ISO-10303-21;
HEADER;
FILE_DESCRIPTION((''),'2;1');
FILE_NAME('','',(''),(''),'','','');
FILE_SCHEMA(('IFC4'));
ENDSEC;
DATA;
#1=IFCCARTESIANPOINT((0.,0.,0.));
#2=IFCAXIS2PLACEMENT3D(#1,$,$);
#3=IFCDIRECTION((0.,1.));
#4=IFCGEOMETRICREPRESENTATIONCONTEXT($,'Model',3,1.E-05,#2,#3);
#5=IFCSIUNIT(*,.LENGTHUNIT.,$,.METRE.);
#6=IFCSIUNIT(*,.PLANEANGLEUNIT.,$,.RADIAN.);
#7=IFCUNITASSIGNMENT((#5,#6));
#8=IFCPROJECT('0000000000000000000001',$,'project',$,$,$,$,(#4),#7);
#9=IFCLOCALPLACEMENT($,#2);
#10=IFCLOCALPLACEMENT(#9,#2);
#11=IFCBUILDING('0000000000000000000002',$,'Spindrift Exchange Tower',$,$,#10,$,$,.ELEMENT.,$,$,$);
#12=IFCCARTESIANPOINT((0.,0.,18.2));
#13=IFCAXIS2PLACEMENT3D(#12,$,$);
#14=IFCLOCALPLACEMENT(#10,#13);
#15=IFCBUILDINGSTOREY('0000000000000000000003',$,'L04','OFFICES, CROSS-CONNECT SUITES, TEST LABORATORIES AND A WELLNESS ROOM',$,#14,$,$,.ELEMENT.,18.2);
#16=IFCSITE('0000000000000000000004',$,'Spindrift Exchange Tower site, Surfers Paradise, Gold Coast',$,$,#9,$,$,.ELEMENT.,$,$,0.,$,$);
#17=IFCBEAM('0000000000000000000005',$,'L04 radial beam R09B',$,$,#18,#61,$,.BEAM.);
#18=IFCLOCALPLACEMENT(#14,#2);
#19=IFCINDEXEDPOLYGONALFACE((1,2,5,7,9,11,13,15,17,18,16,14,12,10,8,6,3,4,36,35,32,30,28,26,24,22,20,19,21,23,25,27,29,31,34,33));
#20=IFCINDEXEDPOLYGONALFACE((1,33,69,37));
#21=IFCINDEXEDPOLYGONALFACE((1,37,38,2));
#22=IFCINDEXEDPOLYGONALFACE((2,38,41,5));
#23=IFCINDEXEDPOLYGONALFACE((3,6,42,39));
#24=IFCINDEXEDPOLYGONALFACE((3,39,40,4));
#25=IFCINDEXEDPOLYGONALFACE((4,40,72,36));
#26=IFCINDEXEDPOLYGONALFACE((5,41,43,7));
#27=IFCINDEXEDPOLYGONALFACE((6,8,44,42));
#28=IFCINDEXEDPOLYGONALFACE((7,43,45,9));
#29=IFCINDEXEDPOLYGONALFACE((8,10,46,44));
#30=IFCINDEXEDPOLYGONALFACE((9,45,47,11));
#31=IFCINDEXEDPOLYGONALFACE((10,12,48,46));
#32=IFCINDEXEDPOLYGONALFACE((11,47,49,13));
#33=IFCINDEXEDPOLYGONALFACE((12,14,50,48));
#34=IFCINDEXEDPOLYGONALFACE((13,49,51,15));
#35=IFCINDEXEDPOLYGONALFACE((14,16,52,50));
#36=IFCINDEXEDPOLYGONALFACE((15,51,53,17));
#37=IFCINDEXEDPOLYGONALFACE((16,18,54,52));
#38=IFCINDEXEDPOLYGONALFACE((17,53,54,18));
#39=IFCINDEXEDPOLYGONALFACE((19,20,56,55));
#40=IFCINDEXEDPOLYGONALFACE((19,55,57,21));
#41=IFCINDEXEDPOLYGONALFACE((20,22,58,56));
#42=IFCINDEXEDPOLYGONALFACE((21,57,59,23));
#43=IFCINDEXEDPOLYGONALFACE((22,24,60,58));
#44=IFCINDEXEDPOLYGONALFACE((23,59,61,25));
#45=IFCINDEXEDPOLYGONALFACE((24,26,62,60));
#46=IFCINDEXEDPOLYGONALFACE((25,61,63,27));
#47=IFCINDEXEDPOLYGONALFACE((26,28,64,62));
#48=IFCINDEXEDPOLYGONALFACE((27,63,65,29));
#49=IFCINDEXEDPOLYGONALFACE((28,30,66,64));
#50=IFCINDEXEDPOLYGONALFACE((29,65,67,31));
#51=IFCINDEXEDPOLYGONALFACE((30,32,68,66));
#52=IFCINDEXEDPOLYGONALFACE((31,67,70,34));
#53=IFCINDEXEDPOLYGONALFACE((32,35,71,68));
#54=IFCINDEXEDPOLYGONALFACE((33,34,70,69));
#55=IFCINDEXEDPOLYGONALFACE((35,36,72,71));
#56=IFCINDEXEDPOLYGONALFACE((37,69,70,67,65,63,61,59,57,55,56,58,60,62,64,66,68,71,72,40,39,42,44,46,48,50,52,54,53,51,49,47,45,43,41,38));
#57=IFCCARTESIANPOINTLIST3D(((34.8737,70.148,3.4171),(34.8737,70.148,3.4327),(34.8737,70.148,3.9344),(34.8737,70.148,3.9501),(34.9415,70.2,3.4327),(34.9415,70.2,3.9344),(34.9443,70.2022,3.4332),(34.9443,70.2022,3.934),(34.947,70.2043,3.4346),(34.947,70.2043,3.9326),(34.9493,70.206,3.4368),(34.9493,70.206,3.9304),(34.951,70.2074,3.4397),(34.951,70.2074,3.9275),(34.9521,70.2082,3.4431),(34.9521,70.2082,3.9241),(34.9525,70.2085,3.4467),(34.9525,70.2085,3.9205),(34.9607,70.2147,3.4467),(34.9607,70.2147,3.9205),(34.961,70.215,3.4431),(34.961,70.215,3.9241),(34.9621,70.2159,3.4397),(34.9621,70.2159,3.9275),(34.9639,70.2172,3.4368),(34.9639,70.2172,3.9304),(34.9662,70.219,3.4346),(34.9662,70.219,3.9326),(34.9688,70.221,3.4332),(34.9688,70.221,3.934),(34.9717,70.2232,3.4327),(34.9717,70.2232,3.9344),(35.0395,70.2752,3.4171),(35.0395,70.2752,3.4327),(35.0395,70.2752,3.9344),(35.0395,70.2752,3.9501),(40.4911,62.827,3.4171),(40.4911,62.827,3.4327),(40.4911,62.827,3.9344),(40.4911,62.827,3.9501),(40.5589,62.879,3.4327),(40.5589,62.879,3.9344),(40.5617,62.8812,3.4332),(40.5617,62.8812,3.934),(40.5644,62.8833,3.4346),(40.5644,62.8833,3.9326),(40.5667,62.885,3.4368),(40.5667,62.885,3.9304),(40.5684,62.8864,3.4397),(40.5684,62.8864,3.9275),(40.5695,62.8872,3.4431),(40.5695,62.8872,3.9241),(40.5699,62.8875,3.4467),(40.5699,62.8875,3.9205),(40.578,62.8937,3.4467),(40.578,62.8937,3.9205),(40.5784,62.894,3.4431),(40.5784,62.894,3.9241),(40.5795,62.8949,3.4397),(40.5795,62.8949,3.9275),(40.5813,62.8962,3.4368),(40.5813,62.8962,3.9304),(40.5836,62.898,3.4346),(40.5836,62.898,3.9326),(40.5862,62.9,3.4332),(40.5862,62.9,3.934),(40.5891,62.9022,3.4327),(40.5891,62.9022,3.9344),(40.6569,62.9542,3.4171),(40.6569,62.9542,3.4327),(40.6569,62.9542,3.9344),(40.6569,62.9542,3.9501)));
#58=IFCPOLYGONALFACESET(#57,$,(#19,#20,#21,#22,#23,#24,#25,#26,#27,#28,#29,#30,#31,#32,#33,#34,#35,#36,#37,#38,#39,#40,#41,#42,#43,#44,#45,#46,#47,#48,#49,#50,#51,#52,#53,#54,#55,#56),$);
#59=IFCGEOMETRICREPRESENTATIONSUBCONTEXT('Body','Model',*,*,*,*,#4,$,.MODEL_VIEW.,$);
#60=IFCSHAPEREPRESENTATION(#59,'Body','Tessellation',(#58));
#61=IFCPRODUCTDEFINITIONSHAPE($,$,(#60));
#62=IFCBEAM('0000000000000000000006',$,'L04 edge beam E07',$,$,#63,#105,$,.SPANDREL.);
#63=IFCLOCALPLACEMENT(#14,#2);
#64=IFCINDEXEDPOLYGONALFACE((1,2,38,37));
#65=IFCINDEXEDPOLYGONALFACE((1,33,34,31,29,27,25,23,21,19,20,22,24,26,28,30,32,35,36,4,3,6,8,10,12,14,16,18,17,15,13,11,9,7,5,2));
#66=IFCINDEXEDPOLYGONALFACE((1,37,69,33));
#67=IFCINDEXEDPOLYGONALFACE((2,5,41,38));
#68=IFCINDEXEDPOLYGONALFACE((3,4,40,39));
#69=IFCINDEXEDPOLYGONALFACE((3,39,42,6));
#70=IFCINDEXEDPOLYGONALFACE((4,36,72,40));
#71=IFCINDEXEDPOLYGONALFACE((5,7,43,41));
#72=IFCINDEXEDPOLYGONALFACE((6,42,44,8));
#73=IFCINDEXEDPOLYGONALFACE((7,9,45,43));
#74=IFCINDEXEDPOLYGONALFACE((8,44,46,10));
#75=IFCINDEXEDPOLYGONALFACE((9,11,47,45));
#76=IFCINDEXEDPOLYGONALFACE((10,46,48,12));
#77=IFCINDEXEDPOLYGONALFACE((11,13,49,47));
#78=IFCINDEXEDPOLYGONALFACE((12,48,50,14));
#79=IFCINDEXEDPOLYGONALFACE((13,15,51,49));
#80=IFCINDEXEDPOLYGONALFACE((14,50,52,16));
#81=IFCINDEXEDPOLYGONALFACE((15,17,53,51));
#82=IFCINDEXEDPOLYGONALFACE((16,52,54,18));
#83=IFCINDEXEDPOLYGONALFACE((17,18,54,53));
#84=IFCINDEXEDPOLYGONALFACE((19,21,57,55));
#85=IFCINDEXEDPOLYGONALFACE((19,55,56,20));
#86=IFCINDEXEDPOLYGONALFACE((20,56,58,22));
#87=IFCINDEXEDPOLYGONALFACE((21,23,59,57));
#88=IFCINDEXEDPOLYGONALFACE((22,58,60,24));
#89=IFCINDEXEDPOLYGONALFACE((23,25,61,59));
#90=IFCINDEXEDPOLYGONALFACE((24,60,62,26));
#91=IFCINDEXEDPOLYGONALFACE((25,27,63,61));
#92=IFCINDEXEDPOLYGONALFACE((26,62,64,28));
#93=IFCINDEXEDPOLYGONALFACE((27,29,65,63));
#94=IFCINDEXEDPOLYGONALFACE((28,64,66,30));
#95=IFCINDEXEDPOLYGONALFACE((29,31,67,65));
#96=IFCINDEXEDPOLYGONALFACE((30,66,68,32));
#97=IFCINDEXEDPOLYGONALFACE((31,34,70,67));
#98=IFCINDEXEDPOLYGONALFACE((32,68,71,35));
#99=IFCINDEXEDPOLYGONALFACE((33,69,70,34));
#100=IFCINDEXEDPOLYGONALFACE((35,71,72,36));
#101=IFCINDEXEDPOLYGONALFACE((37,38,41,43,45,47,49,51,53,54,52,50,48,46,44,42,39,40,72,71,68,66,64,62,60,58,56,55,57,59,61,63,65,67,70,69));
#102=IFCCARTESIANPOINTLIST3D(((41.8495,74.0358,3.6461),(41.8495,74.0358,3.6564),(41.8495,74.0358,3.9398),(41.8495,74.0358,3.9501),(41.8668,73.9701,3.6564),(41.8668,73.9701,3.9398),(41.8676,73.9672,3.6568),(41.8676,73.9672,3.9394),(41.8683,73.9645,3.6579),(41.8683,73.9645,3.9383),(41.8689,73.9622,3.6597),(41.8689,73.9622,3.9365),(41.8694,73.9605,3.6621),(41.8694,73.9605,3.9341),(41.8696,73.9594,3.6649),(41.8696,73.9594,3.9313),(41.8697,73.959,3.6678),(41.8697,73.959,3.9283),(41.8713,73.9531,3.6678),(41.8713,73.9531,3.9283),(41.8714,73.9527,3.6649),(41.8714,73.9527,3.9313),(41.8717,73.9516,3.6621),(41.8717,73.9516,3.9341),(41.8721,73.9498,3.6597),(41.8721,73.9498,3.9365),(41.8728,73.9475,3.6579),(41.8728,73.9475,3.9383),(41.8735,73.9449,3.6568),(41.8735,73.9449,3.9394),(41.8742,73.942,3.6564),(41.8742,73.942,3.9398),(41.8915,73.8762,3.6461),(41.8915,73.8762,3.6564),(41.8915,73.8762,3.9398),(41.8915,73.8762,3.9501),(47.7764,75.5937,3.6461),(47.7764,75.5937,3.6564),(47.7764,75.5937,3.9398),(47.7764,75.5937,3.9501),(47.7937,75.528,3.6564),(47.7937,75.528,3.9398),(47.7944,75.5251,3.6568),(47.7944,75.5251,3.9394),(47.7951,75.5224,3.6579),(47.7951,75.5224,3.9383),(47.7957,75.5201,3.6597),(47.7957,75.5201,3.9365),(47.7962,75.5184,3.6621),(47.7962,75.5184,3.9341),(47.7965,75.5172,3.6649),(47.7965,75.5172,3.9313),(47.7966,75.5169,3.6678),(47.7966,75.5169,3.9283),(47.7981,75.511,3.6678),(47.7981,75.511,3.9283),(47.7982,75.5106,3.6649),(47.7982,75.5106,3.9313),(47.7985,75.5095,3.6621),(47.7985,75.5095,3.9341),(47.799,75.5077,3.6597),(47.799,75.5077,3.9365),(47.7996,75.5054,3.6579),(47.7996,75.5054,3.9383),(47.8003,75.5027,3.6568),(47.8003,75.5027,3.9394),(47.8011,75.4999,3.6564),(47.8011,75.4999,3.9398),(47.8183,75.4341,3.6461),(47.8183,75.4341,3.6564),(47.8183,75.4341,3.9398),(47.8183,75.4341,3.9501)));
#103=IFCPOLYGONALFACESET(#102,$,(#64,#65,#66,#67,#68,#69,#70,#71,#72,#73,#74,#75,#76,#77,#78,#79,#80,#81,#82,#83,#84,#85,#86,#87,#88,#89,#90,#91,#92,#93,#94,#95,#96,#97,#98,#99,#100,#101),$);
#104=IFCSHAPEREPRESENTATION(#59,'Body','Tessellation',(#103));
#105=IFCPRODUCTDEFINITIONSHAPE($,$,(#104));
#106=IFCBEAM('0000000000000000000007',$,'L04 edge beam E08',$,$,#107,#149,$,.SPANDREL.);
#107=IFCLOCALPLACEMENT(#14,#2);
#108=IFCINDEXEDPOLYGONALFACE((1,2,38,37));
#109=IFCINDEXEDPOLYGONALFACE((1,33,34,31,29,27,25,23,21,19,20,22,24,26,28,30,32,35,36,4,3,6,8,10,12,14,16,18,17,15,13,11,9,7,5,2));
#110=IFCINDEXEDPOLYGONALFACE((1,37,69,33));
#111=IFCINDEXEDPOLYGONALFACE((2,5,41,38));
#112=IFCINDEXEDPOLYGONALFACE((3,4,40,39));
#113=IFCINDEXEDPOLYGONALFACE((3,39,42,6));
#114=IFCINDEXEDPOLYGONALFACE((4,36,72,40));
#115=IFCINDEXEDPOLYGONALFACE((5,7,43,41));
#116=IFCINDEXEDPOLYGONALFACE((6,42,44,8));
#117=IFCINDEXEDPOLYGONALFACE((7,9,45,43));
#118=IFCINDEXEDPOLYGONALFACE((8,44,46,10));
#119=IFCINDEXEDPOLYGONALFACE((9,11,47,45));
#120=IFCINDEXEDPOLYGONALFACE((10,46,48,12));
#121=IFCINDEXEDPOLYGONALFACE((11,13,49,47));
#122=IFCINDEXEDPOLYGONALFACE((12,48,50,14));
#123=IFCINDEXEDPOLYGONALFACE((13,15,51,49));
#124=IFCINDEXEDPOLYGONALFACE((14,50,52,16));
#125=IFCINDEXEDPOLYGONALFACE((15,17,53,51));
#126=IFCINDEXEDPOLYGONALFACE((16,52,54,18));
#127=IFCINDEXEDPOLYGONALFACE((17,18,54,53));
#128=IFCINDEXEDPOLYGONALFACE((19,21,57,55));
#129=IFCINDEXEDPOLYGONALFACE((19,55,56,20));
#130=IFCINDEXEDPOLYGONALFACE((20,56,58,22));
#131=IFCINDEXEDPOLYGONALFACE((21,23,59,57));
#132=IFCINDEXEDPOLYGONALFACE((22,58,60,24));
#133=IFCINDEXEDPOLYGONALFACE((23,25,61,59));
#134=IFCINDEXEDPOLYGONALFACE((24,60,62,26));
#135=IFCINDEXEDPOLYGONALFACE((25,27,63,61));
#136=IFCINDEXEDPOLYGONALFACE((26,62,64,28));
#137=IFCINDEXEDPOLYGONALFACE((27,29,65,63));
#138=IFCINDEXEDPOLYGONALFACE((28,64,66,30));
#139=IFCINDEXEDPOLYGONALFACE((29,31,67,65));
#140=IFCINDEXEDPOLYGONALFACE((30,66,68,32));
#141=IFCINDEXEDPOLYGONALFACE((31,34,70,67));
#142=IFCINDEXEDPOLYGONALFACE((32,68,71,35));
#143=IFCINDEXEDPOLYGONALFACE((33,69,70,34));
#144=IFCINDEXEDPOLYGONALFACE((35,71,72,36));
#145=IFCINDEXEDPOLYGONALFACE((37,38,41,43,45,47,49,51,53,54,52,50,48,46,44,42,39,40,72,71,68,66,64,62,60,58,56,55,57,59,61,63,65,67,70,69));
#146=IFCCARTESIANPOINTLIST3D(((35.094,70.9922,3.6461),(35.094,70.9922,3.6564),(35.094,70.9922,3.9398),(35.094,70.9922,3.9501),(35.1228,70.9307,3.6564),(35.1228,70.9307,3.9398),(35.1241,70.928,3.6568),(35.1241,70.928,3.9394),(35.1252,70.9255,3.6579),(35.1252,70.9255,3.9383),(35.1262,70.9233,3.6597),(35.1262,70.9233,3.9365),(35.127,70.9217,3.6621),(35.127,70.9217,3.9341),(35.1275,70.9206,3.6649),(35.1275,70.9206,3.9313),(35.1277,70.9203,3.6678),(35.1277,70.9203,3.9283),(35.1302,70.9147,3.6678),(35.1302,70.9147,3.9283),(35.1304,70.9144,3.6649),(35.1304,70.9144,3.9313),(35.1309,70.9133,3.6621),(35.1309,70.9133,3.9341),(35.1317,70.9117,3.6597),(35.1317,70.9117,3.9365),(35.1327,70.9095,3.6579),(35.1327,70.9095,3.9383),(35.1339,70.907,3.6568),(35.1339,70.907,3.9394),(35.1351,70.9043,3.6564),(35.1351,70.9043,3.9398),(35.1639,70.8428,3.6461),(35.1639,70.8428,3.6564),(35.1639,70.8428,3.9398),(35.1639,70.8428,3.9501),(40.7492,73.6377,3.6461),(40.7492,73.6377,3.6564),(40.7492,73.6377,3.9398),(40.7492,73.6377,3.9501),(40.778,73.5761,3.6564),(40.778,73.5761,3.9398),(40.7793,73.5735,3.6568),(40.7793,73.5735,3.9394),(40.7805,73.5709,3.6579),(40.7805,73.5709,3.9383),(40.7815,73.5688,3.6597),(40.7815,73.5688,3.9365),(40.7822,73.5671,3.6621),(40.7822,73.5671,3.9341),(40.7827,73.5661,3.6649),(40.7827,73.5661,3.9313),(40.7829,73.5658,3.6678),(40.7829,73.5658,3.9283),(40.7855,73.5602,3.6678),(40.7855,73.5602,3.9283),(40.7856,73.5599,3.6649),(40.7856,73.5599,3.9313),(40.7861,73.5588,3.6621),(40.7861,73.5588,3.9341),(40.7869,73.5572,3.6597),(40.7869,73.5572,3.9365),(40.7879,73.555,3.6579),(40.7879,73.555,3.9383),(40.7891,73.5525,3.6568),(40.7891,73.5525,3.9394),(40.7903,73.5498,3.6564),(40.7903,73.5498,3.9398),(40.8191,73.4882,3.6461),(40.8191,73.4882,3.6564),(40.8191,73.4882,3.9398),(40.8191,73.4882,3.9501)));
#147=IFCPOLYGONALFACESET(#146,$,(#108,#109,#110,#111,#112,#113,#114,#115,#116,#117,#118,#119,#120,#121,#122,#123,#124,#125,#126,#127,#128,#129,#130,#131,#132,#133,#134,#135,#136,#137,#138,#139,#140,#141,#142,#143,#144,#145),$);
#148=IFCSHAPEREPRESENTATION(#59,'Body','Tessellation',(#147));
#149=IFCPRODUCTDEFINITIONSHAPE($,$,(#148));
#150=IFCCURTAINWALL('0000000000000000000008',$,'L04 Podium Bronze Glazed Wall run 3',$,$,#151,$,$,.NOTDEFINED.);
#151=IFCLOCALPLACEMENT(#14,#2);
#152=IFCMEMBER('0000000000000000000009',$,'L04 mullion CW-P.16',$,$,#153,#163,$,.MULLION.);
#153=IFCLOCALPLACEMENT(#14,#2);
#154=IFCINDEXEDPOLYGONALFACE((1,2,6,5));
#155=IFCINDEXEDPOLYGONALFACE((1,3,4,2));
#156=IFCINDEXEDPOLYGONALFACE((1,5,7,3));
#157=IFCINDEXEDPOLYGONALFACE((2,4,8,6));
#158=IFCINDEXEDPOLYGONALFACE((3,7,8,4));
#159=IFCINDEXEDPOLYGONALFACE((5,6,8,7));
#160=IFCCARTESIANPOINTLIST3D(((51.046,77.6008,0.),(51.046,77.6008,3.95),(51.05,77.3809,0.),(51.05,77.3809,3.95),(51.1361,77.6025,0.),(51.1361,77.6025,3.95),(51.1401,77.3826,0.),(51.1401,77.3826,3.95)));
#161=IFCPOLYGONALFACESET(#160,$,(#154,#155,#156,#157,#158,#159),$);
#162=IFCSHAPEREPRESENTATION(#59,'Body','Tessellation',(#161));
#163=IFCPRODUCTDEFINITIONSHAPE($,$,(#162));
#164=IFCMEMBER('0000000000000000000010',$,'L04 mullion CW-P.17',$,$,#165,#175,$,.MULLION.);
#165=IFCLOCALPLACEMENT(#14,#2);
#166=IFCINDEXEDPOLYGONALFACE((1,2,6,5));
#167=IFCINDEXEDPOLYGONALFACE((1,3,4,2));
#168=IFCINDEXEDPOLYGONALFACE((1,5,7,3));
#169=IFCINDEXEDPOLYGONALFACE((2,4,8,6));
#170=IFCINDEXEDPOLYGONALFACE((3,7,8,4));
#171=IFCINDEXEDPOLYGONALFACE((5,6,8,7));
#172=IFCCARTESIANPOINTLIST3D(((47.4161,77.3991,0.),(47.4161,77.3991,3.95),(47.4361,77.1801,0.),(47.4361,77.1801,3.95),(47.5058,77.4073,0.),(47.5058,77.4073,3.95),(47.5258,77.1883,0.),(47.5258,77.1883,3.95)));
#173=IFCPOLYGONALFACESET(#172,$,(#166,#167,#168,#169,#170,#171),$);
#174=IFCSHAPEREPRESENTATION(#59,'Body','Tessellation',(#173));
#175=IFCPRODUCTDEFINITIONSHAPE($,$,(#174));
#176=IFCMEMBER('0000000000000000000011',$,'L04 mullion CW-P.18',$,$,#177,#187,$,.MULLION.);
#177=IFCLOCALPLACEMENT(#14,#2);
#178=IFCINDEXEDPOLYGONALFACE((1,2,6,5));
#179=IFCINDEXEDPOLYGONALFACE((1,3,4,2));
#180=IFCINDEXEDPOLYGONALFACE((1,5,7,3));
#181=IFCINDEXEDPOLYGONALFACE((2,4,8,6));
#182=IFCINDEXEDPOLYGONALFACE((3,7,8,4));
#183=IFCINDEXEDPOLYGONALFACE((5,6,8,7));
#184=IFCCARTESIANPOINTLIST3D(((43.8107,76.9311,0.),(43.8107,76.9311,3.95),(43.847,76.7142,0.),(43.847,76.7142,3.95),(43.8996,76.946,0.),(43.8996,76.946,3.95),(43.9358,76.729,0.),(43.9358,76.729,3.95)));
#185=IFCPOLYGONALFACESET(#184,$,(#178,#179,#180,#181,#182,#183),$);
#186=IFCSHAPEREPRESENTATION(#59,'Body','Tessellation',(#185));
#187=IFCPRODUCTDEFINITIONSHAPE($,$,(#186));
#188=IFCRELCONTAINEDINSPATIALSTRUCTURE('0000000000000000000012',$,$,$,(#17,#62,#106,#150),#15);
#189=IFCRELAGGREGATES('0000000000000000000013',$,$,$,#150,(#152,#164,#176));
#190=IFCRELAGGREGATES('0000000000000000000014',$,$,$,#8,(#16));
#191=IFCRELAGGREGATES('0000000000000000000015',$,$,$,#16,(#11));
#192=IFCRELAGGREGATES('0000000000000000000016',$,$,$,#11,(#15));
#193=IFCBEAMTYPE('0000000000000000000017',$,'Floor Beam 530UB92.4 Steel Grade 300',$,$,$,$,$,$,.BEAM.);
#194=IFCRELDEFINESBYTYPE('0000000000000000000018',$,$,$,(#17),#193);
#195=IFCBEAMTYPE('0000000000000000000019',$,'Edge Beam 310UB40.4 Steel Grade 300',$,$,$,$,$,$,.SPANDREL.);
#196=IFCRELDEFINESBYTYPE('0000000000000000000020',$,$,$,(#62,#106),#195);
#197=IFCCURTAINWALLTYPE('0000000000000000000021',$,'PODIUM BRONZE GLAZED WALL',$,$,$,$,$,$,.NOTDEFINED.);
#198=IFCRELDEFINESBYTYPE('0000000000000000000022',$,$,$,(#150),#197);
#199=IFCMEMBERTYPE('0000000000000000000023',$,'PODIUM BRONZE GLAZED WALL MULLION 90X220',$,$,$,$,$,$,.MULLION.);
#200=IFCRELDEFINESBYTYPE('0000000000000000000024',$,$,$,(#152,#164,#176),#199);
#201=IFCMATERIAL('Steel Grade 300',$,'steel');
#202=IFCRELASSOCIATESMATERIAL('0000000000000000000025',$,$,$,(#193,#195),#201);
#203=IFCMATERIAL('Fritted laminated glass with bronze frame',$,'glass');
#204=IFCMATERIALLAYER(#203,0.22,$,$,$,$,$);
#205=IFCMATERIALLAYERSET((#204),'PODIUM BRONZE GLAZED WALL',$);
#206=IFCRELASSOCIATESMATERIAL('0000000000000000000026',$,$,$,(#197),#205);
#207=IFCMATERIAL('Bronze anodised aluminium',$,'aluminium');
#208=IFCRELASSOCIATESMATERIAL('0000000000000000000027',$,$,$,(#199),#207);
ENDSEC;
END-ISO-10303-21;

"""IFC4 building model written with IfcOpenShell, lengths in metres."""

from ifc_helpers import new_model, si_unit, direction, frame, origin, origin_2d, place, context, subcontext, project, spatial, rectangle, i_section, extrude, source, transform, mapped, material, layer, layer_set, material_profile, profile_set, type_object, element, aggregate, save


model = new_model("IFC4")

# Units and contexts
model_context = context("Model", 3, precision=1e-05, world=origin(), true_north=direction((0.0, 1.0)))
body_context = subcontext(model_context, "Body", "Model", "MODEL_VIEW")
ifc_project = project(units=[si_unit("LENGTHUNIT", "METRE"), si_unit("PLANEANGLEUNIT", "RADIAN")], contexts=[model_context])

# Site, building, storey
site_placement = place(None, origin())
site = spatial("IfcSite", under=ifc_project, at=site_placement, Name="Spindrift Exchange Tower site, Surfers Paradise, Gold Coast", CompositionType="ELEMENT", RefElevation=0.0)
building_placement = place(site_placement, origin())
building = spatial("IfcBuilding", under=site, at=building_placement, Name="Spindrift Exchange Tower", CompositionType="ELEMENT")
storey_placement = place(building_placement, frame((0.0, 0.0, 18.2)))
storey = spatial("IfcBuildingStorey", under=building, at=storey_placement, Name="L04", Description="OFFICES, CROSS-CONNECT SUITES, TEST LABORATORIES AND A WELLNESS ROOM", CompositionType="ELEMENT", Elevation=18.2)

# Beams
ifc_material_1 = material(Name="Steel Grade 300", Category="steel")
ifc_material_profile_1 = material_profile(ifc_material_1, i_section(OverallWidth=0.209, OverallDepth=0.533, WebThickness=0.0103, FlangeThickness=0.0156, FilletRadius=0.0139, at=origin_2d()), Name="530UB92.4")
ifc_profile_set_1 = profile_set([ifc_material_profile_1], Name="Steel Grade 300")
beam_type_1 = type_object("IfcBeamType", Name="Floor Beam 530UB92.4 Steel Grade 300", PredefinedType="BEAM", material=ifc_profile_set_1)
shared_shape_1 = source(origin(), body_context, "Body", "SweptSolid", [
    extrude(i_section(OverallWidth=0.209, OverallDepth=0.533, WebThickness=0.0103, FlangeThickness=0.0156, FilletRadius=0.0139, at=origin_2d()), origin(), (0.0, 0.0, 1.0), 9.2278),
])
beam_1_placement = place(storey_placement, frame((40.574, 62.8906, 3.6836), z_axis=(-0.608748, 0.793364, 0.0), x_axis=(-0.793364, -0.608748, 0.0)))
element("IfcBeam", 1, at=beam_1_placement, inside=storey, type_object=beam_type_1, Name="L04 radial beam R09B", PredefinedType="BEAM", context=body_context, shape_type="MappedRepresentation", body=[
    mapped(shared_shape_1, transform((0.0, 0.0, 0.0), scale=1.0)),
])
ifc_material_profile_2 = material_profile(ifc_material_1, i_section(OverallWidth=0.165, OverallDepth=0.304, WebThickness=0.0061, FlangeThickness=0.0103, FilletRadius=0.0115, at=origin_2d()), Name="310UB40.4")
ifc_profile_set_2 = profile_set([ifc_material_profile_2], Name="Steel Grade 300")
beam_type_2 = type_object("IfcBeamType", Name="Edge Beam 310UB40.4 Steel Grade 300", PredefinedType="SPANDREL", material=ifc_profile_set_2)
shared_shape_2 = source(origin(), body_context, "Body", "SweptSolid", [
    extrude(i_section(OverallWidth=0.165, OverallDepth=0.304, WebThickness=0.0061, FlangeThickness=0.0103, FilletRadius=0.0115, at=origin_2d()), origin(), (0.0, 0.0, 1.0), 6.1282),
])
beam_2_placement = place(storey_placement, frame((47.7974, 75.5139, 3.7981), z_axis=(-0.967147, -0.254217, 0.0), x_axis=(0.254217, -0.967147, 0.0)))
element("IfcBeam", 2, at=beam_2_placement, inside=storey, type_object=beam_type_2, Name="L04 edge beam E07", PredefinedType="SPANDREL", context=body_context, shape_type="MappedRepresentation", body=[
    mapped(shared_shape_2, transform((0.0, 0.0, 0.0), scale=1.0)),
])
shared_shape_3 = source(origin(), body_context, "Body", "SweptSolid", [
    extrude(i_section(OverallWidth=0.165, OverallDepth=0.304, WebThickness=0.0061, FlangeThickness=0.0103, FilletRadius=0.0115, at=origin_2d()), origin(), (0.0, 0.0, 1.0), 6.2434),
])
beam_3_placement = place(storey_placement, frame((40.7842, 73.563, 3.7981), z_axis=(-0.905791, -0.423724, 0.0), x_axis=(0.423724, -0.905791, 0.0)))
element("IfcBeam", 3, at=beam_3_placement, inside=storey, type_object=beam_type_2, Name="L04 edge beam E08", PredefinedType="SPANDREL", context=body_context, shape_type="MappedRepresentation", body=[
    mapped(shared_shape_3, transform((0.0, 0.0, 0.0), scale=1.0)),
])

# Curtain wall, members
ifc_material_2 = material(Name="Fritted laminated glass with bronze frame", Category="glass")
ifc_layer_1 = layer(ifc_material_2, 0.22)
ifc_layer_set_1 = layer_set([ifc_layer_1], Name="PODIUM BRONZE GLAZED WALL")
curtain_wall_type = type_object("IfcCurtainWallType", Name="PODIUM BRONZE GLAZED WALL", PredefinedType="NOTDEFINED", material=ifc_layer_set_1)
curtain_wall_1_placement = place(storey_placement, origin())
curtain_wall_1 = element("IfcCurtainWall", 4, at=curtain_wall_1_placement, inside=storey, type_object=curtain_wall_type, Name="L04 Podium Bronze Glazed Wall run 3", PredefinedType="NOTDEFINED")
ifc_material_3 = material(Name="Bronze anodised aluminium", Category="aluminium")
ifc_material_profile_3 = material_profile(ifc_material_3, rectangle(XDim=0.0901, YDim=0.22, at=origin_2d()), Name="PODIUM BRONZE GLAZED WALL MULLION 90X220")
ifc_profile_set_3 = profile_set([ifc_material_profile_3], Name="Bronze anodised aluminium")
member_type_1 = type_object("IfcMemberType", Name="PODIUM BRONZE GLAZED WALL MULLION 90X220", PredefinedType="MULLION", material=ifc_profile_set_3)
shared_shape_4 = source(origin(), body_context, "Body", "SweptSolid", [
    extrude(rectangle(XDim=0.0901, YDim=0.22, at=origin_2d()), origin(), (0.0, 0.0, 1.0), 3.95),
])
member_1_placement = place(storey_placement, frame((51.093, 77.4917, 0.0), z_axis=(0.0, 0.0, 1.0), x_axis=(-0.999834, -0.018221, 0.0)))
member_1 = element("IfcMember", 5, at=member_1_placement, type_object=member_type_1, Name="L04 mullion CW-P.16", PredefinedType="MULLION", context=body_context, shape_type="MappedRepresentation", body=[
    mapped(shared_shape_4, transform((0.0, 0.0, 0.0), scale=1.0)),
])
member_2_placement = place(storey_placement, frame((47.4709, 77.2937, 0.0), z_axis=(0.0, 0.0, 1.0), x_axis=(-0.995826, -0.091271, 0.0)))
member_2 = element("IfcMember", 6, at=member_2_placement, type_object=member_type_1, Name="L04 mullion CW-P.17", PredefinedType="MULLION", context=body_context, shape_type="MappedRepresentation", body=[
    mapped(shared_shape_4, transform((0.0, 0.0, 0.0), scale=1.0)),
])
member_3_placement = place(storey_placement, frame((43.8733, 76.8301, 0.0), z_axis=(0.0, 0.0, 1.0), x_axis=(-0.986321, -0.164835, 0.0)))
member_3 = element("IfcMember", 7, at=member_3_placement, type_object=member_type_1, Name="L04 mullion CW-P.18", PredefinedType="MULLION", context=body_context, shape_type="MappedRepresentation", body=[
    mapped(shared_shape_4, transform((0.0, 0.0, 0.0), scale=1.0)),
])

aggregate(curtain_wall_1, [member_1, member_2, member_3])

save(model, "model.ifc")
